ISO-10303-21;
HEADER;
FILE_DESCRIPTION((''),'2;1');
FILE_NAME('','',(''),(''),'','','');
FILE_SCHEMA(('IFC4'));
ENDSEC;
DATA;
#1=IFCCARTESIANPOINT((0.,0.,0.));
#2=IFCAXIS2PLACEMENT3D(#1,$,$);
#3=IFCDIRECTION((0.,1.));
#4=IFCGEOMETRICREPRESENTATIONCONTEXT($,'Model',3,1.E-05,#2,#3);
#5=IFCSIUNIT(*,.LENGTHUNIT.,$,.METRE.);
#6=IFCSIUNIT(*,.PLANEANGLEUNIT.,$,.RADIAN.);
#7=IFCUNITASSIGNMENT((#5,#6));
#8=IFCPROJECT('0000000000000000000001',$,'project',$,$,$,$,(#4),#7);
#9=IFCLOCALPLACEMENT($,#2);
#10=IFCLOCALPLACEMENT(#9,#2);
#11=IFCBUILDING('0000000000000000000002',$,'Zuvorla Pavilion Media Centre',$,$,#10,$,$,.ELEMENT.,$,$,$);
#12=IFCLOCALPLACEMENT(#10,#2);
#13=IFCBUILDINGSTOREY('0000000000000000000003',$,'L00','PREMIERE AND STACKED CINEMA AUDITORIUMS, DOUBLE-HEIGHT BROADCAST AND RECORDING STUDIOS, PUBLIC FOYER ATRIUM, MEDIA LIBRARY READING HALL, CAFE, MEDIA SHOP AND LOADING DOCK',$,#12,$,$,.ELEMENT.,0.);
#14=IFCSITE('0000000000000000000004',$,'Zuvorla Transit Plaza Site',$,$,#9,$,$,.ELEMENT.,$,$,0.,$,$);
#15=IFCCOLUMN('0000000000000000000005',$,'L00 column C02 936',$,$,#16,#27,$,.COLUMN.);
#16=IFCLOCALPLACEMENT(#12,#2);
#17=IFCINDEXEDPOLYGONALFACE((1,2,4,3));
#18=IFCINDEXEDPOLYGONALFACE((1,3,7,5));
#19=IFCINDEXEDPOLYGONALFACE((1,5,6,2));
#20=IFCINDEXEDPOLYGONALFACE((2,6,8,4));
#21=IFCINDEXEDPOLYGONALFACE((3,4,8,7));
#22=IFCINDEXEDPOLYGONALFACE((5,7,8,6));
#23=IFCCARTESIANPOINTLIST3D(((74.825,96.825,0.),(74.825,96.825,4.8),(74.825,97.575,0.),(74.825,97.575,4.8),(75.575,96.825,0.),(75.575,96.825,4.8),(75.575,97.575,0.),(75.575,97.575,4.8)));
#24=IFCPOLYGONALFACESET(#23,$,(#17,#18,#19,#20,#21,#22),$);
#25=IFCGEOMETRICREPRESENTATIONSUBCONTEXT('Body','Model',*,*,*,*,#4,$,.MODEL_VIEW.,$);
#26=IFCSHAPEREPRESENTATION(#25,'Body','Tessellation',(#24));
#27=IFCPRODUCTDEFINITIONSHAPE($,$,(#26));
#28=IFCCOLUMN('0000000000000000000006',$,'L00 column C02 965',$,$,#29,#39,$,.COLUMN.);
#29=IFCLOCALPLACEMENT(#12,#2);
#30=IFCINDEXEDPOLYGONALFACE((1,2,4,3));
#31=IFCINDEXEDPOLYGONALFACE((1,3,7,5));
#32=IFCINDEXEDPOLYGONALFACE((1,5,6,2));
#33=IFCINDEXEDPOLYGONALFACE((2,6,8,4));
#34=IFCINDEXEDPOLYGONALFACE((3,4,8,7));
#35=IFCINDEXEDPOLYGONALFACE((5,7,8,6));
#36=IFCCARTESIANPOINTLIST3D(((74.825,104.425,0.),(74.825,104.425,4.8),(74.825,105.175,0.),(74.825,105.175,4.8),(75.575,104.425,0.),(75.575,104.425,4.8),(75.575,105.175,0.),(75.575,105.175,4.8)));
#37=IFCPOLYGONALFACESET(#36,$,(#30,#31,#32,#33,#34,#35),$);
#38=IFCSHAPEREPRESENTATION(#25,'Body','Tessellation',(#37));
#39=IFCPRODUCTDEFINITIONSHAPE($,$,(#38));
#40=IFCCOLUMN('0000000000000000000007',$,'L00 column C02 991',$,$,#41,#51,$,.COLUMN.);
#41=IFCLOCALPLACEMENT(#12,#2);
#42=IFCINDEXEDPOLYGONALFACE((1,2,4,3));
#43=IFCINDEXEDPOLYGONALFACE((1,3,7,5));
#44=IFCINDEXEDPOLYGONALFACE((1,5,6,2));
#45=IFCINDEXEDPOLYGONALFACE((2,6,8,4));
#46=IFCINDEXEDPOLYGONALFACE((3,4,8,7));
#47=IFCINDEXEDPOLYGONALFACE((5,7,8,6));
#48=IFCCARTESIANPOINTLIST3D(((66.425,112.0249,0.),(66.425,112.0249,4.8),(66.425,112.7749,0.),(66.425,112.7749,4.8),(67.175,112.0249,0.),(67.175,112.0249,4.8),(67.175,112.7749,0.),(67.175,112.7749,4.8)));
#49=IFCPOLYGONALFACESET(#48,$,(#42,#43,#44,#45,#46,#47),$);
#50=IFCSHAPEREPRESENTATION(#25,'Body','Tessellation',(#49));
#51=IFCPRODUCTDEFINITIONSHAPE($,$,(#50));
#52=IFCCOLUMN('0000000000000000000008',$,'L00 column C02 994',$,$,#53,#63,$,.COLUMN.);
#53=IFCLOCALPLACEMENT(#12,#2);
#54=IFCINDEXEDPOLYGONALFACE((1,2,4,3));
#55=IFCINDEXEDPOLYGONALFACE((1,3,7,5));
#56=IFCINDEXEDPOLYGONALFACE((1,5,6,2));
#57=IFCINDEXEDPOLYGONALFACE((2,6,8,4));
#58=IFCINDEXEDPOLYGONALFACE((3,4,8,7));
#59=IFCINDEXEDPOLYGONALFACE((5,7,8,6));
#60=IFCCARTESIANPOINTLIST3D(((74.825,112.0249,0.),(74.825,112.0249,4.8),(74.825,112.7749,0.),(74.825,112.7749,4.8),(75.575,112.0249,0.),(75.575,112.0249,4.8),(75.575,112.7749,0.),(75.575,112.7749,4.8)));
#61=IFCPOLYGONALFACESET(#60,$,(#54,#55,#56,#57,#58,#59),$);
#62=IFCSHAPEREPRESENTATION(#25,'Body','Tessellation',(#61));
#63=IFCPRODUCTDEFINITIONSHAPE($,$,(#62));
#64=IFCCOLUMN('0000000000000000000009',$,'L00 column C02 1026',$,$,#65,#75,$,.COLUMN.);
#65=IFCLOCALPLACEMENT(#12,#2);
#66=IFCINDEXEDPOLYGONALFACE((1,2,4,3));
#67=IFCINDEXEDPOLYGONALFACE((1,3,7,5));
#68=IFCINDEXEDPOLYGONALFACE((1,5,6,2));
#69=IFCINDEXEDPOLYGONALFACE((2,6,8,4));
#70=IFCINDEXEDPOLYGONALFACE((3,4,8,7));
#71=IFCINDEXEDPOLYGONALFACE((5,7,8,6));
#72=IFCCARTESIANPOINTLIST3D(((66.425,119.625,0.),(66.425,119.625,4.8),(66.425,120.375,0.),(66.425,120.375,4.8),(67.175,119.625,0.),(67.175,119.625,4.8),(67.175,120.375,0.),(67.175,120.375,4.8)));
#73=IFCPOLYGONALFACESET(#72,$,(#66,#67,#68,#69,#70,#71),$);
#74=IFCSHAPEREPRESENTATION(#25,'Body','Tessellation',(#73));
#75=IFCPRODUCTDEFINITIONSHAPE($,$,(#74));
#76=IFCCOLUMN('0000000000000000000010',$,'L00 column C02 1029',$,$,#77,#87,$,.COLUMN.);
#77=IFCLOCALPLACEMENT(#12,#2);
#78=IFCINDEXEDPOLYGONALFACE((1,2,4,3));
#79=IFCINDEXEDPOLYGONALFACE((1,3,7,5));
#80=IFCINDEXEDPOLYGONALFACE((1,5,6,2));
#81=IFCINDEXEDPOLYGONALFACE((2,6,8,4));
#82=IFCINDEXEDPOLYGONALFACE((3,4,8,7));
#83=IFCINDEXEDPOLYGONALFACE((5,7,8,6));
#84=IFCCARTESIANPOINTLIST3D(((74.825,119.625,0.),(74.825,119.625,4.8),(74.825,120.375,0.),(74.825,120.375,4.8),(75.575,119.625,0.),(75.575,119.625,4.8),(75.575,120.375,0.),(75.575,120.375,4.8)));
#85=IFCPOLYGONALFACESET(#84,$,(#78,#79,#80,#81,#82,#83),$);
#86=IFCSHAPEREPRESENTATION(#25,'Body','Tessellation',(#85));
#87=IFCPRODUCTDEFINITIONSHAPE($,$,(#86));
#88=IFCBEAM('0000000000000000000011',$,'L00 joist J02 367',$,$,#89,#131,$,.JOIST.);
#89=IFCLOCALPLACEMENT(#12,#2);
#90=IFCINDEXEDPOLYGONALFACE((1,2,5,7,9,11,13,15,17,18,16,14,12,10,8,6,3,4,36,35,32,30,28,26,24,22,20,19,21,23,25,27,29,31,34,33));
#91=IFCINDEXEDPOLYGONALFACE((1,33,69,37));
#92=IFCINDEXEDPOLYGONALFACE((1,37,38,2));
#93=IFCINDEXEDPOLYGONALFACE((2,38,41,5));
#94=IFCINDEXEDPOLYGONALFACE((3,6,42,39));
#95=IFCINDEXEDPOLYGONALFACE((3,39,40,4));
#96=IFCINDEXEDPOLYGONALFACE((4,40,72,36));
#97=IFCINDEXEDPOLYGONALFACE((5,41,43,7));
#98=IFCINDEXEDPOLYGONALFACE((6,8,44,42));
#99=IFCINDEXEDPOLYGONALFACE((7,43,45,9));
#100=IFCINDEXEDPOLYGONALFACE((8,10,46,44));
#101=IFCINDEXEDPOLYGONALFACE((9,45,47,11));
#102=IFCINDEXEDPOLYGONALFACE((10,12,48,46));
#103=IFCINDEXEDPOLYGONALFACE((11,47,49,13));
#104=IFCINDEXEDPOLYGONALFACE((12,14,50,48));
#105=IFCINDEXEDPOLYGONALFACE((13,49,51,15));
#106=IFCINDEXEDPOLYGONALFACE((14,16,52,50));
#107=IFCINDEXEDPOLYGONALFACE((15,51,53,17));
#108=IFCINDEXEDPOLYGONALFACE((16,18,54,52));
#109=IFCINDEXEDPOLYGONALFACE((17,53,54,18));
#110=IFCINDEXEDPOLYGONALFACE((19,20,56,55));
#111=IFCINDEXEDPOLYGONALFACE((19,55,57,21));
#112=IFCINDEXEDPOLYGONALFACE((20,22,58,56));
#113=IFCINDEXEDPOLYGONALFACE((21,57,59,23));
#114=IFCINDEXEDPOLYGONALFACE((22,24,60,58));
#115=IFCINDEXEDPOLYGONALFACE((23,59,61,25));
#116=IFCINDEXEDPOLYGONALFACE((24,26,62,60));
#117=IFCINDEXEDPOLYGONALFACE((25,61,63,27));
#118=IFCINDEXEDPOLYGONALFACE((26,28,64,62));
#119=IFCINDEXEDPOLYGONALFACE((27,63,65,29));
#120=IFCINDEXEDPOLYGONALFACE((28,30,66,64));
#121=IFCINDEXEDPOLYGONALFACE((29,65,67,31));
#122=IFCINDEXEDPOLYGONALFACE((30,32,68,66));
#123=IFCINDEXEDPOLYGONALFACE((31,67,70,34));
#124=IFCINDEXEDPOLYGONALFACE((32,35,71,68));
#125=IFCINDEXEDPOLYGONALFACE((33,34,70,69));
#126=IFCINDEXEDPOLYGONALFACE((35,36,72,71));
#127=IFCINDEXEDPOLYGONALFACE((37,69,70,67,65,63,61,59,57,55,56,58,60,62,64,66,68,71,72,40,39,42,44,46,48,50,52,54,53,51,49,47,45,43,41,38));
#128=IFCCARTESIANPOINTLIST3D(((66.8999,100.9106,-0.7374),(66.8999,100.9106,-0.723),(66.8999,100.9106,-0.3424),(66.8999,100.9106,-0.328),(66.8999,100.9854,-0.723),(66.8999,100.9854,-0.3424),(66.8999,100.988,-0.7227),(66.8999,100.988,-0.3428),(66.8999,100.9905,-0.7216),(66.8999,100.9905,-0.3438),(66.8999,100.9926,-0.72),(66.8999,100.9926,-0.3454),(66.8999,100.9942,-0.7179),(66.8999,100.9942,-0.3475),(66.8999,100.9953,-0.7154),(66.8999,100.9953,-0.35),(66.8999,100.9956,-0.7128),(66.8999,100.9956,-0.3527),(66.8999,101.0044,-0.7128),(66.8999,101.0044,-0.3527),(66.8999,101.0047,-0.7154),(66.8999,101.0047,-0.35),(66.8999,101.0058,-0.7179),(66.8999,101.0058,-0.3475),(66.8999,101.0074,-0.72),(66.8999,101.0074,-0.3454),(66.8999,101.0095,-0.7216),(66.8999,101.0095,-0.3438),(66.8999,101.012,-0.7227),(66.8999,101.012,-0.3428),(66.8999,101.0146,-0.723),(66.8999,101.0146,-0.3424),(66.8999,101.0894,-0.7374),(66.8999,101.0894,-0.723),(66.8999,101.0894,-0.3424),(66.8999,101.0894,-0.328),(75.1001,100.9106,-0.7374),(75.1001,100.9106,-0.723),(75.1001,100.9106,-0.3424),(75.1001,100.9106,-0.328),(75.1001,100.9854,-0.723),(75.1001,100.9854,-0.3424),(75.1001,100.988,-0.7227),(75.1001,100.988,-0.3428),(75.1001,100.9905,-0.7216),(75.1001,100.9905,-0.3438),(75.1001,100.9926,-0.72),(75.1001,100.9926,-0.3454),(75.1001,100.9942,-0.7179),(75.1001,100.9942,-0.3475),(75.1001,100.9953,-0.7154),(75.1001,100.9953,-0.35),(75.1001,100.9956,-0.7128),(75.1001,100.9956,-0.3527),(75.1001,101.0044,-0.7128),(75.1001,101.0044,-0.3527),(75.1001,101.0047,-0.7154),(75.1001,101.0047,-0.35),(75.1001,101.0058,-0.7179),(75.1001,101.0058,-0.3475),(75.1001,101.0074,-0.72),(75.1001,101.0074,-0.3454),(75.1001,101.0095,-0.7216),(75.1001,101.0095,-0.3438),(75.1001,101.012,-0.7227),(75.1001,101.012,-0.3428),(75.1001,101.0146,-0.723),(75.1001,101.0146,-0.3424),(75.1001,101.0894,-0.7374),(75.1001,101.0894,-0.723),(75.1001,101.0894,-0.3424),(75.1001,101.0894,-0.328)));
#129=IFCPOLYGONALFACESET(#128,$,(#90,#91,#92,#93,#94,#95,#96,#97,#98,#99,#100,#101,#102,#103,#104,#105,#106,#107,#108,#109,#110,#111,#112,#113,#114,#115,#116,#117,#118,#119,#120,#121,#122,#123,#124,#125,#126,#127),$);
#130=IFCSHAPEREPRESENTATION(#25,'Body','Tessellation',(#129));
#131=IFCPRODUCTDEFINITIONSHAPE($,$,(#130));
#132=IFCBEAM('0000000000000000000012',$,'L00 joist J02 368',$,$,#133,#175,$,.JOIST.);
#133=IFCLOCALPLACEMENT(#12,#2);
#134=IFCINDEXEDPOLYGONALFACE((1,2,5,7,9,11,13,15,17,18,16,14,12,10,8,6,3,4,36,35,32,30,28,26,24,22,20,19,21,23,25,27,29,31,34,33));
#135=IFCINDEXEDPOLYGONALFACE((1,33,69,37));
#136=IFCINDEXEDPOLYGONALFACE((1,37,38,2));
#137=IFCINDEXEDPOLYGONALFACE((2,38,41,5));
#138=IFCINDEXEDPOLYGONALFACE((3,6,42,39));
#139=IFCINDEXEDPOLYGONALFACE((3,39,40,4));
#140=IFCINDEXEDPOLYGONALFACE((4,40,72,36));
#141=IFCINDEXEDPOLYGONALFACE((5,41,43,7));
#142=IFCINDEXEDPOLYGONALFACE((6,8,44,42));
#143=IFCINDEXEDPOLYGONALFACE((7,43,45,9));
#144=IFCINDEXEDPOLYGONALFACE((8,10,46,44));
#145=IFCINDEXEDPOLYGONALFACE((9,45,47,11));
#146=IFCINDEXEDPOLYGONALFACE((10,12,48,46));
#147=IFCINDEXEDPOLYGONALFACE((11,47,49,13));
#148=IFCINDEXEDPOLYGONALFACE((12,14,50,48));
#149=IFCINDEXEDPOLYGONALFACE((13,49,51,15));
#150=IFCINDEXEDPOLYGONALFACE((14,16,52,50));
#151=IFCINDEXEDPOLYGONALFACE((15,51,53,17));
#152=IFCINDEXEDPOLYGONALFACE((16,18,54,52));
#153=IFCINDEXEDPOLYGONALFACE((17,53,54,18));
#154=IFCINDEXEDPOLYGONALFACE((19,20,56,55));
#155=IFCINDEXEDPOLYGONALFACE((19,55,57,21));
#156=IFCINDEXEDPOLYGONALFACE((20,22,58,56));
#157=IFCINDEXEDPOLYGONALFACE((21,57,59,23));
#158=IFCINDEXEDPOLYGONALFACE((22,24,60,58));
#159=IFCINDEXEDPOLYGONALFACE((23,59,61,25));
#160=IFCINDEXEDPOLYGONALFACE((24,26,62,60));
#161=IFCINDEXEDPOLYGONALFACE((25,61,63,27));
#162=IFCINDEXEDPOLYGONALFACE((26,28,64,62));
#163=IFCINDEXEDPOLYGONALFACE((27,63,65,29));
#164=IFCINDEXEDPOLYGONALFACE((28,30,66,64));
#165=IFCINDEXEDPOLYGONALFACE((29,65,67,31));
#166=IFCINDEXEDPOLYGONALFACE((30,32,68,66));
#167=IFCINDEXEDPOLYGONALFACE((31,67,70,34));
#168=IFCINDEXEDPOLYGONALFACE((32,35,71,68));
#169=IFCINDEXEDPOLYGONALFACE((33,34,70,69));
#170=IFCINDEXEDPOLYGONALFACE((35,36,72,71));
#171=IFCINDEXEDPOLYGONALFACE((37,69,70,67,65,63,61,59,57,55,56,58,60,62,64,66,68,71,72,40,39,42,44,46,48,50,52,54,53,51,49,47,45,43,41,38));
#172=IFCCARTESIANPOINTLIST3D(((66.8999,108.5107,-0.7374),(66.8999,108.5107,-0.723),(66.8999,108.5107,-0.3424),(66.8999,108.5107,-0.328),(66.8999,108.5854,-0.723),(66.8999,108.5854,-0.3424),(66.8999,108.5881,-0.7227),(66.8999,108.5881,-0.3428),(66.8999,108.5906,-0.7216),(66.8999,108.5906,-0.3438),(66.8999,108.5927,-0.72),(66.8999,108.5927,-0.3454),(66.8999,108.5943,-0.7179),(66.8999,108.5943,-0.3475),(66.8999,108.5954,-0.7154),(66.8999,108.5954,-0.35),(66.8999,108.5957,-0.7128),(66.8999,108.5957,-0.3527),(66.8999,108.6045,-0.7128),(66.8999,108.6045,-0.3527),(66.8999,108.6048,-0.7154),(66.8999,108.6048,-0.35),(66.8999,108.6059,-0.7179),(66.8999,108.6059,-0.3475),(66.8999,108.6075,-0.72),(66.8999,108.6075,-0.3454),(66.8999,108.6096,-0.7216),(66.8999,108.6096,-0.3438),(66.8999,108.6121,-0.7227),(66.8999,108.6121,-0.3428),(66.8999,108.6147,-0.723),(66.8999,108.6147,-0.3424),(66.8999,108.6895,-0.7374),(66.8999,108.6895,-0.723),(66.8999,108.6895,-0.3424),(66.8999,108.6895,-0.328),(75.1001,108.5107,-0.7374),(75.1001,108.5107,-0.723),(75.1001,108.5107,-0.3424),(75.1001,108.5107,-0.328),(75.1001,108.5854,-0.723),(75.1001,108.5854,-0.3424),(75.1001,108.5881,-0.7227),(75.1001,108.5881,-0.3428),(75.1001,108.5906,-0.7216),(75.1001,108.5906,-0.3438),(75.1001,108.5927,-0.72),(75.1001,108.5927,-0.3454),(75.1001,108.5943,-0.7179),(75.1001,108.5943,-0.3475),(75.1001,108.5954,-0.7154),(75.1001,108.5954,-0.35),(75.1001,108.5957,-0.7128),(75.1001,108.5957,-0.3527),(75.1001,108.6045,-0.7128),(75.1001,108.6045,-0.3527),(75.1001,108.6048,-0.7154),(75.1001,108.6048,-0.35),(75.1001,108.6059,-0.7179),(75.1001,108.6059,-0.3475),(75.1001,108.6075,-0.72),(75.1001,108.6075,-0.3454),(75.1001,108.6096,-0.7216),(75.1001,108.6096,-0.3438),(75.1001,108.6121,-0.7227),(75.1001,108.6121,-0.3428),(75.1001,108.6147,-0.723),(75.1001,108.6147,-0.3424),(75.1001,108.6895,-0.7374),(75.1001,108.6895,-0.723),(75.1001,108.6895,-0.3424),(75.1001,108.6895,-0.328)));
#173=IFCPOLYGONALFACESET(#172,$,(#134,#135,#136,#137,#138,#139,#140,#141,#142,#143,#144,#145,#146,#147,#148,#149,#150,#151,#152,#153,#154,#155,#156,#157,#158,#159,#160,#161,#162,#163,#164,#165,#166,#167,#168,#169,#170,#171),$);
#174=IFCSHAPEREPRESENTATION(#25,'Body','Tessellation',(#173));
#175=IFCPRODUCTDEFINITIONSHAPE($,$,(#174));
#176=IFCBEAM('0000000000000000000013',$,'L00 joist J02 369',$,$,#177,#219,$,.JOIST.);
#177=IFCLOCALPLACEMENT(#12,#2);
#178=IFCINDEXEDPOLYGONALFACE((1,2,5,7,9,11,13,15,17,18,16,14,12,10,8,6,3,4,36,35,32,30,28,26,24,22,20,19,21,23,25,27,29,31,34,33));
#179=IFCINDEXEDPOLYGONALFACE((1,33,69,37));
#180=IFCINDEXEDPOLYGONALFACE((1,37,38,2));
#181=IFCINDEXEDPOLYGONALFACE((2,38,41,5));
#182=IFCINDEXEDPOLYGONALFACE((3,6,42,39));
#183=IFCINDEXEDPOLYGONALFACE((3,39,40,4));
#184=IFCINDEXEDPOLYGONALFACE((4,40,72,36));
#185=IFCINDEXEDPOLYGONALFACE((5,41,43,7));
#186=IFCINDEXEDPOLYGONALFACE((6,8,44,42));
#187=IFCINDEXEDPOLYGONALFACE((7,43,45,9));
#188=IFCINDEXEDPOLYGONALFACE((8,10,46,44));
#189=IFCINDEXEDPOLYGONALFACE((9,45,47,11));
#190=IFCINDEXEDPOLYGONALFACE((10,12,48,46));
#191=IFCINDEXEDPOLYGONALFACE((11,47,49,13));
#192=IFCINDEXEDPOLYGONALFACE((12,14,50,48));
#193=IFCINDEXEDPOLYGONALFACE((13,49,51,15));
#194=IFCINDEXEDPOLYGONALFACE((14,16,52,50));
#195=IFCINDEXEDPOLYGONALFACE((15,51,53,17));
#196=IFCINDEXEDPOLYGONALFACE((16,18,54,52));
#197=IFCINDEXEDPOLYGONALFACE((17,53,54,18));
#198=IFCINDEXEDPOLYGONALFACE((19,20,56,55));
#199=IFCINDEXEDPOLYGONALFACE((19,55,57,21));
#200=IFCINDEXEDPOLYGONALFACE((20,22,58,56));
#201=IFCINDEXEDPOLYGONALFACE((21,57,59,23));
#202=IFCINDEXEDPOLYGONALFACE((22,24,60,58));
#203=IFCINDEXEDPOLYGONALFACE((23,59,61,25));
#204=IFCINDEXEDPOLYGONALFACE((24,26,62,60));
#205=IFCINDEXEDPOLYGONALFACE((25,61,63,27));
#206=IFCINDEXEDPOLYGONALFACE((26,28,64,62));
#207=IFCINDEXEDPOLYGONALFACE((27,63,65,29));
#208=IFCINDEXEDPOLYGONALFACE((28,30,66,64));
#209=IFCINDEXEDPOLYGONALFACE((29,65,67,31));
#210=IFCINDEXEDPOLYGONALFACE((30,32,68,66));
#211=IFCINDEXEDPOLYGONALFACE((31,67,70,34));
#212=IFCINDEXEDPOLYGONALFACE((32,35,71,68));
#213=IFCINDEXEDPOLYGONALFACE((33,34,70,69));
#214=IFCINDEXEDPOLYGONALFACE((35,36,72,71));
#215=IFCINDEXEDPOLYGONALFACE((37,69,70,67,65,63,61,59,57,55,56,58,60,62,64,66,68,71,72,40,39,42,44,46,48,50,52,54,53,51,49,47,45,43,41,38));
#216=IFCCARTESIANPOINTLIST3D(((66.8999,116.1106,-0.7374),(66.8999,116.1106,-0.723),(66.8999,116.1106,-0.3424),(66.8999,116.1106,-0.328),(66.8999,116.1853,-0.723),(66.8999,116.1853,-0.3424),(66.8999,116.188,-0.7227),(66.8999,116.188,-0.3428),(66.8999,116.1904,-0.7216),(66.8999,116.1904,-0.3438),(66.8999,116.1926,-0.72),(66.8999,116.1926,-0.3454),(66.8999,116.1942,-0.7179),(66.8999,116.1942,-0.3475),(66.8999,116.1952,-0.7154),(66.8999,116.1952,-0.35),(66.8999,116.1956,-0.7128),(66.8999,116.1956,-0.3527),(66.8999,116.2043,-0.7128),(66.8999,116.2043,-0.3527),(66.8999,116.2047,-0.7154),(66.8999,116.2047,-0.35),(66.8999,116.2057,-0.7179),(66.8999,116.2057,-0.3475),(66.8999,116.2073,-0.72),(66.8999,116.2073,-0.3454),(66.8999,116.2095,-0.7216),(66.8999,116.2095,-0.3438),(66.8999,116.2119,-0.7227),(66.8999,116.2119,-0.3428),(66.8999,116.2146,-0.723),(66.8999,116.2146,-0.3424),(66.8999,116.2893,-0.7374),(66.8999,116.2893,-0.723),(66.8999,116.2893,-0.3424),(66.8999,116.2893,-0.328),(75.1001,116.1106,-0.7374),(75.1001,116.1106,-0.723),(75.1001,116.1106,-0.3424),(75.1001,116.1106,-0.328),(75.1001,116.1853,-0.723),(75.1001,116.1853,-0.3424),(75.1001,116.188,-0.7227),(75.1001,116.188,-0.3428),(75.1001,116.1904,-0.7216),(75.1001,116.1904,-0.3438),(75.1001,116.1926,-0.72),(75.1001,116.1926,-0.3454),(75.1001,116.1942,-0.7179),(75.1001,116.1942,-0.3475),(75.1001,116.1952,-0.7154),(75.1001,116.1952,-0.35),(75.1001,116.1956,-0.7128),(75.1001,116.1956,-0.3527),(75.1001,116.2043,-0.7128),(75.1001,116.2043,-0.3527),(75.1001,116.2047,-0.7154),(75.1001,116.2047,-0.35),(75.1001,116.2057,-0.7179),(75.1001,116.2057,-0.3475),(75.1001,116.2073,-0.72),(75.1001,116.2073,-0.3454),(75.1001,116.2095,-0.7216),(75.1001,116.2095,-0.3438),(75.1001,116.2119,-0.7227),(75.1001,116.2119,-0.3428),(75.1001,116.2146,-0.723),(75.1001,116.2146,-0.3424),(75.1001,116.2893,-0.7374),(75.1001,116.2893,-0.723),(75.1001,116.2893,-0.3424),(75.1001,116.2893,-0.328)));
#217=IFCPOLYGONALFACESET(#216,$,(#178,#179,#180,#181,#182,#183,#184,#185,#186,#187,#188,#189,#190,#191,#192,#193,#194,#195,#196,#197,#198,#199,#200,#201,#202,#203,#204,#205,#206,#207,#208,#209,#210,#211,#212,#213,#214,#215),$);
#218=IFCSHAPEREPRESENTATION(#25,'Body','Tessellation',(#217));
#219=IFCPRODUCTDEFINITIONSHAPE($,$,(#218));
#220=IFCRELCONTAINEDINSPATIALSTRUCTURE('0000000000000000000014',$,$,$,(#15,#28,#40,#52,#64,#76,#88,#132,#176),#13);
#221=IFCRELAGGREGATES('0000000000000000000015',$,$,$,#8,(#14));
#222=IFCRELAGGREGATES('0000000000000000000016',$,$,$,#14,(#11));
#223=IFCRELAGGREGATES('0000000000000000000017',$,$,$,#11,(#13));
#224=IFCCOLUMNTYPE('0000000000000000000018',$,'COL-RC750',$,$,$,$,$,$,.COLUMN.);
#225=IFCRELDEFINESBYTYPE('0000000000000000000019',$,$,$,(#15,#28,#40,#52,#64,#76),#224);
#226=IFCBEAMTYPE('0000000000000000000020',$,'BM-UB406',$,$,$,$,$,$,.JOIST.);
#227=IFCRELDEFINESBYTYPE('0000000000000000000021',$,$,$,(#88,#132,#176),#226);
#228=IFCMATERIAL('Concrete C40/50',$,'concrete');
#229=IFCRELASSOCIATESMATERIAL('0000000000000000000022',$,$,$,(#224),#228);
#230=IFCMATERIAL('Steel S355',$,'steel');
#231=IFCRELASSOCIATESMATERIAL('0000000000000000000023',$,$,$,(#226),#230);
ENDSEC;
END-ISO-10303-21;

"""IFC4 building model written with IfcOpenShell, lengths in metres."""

from ifc_helpers import new_model, si_unit, direction, frame, origin, origin_2d, place, context, subcontext, project, spatial, rectangle, i_section, extrude, material, material_profile, profile_set, type_object, element, save


model = new_model("IFC4")

# Units and contexts
model_context = context("Model", 3, precision=1e-05, world=origin(), true_north=direction((0.0, 1.0)))
body_context = subcontext(model_context, "Body", "Model", "MODEL_VIEW")
ifc_project = project(units=[si_unit("LENGTHUNIT", "METRE"), si_unit("PLANEANGLEUNIT", "RADIAN")], contexts=[model_context])

# Site, building, storey
site_placement = place(None, origin())
site = spatial("IfcSite", under=ifc_project, at=site_placement, Name="Zuvorla Transit Plaza Site", CompositionType="ELEMENT", RefElevation=0.0)
building_placement = place(site_placement, origin())
building = spatial("IfcBuilding", under=site, at=building_placement, Name="Zuvorla Pavilion Media Centre", CompositionType="ELEMENT")
storey_placement = place(building_placement, origin())
storey = spatial("IfcBuildingStorey", under=building, at=storey_placement, Name="L00", Description="PREMIERE AND STACKED CINEMA AUDITORIUMS, DOUBLE-HEIGHT BROADCAST AND RECORDING STUDIOS, PUBLIC FOYER ATRIUM, MEDIA LIBRARY READING HALL, CAFE, MEDIA SHOP AND LOADING DOCK", CompositionType="ELEMENT", Elevation=0.0)

# Columns
ifc_material_1 = material(Name="Concrete C40/50", Category="concrete")
ifc_material_profile_1 = material_profile(ifc_material_1, rectangle(XDim=0.75, YDim=0.75, at=origin_2d()), Name="RC 750x750")
ifc_profile_set_1 = profile_set([ifc_material_profile_1], Name="Concrete C40/50")
column_type = type_object("IfcColumnType", Name="COL-RC750", PredefinedType="COLUMN", material=ifc_profile_set_1)
for number, where, z_axis, x_axis, name in (
    (1, (75.2, 97.2, 0.0), (0.0, 0.0, 1.0), (1.0, 0.0, 0.0), "L00 column C02 936"),
    (2, (75.2, 104.8, 0.0), (0.0, 0.0, 1.0), (1.0, 0.0, 0.0), "L00 column C02 965"),
    (3, (66.8, 112.3999, 0.0), (0.0, 0.0, 1.0), (1.0, 0.0, 0.0), "L00 column C02 991"),
    (4, (75.2, 112.3999, 0.0), (0.0, 0.0, 1.0), (1.0, 0.0, 0.0), "L00 column C02 994"),
    (5, (66.8, 120.0, 0.0), (0.0, 0.0, 1.0), (1.0, 0.0, 0.0), "L00 column C02 1026"),
    (6, (75.2, 120.0, 0.0), (0.0, 0.0, 1.0), (1.0, 0.0, 0.0), "L00 column C02 1029"),
):
    element("IfcColumn", number, at=place(storey_placement, frame(where, z_axis=z_axis, x_axis=x_axis)), inside=storey, type_object=column_type, Name=name, PredefinedType="COLUMN", context=body_context, shape_type="SweptSolid", body=[
        extrude(rectangle(XDim=0.75, YDim=0.75, at=origin_2d()), origin(), (0.0, 0.0, 1.0), 4.8),
    ])

# Beams
ifc_material_2 = material(Name="Steel S355", Category="steel")
ifc_material_profile_2 = material_profile(ifc_material_2, i_section(OverallWidth=0.1787, OverallDepth=0.4094, WebThickness=0.0088, FlangeThickness=0.0144, FilletRadius=0.0103, at=origin_2d()), Name="UB 406x178x67")
ifc_profile_set_2 = profile_set([ifc_material_profile_2], Name="Steel S355")
beam_type_1 = type_object("IfcBeamType", Name="BM-UB406", PredefinedType="JOIST", material=ifc_profile_set_2)
for number, where, z_axis, x_axis, name in (
    (7, (66.8999, 101.0, -0.5327), (1.0, 0.0, 0.0), (0.0, 1.0, 0.0), "L00 joist J02 367"),
    (8, (66.8999, 108.6001, -0.5327), (1.0, 0.0, 0.0), (0.0, 1.0, 0.0), "L00 joist J02 368"),
    (9, (66.8999, 116.2, -0.5327), (1.0, 0.0, 0.0), (0.0, 1.0, 0.0), "L00 joist J02 369"),
):
    element("IfcBeam", number, at=place(storey_placement, frame(where, z_axis=z_axis, x_axis=x_axis)), inside=storey, type_object=beam_type_1, Name=name, PredefinedType="JOIST", context=body_context, shape_type="SweptSolid", body=[
        extrude(i_section(OverallWidth=0.1787, OverallDepth=0.4094, WebThickness=0.0088, FlangeThickness=0.0144, FilletRadius=0.0103, at=origin_2d()), origin(), (0.0, 0.0, 1.0), 8.2002),
    ])

save(model, "model.ifc")
